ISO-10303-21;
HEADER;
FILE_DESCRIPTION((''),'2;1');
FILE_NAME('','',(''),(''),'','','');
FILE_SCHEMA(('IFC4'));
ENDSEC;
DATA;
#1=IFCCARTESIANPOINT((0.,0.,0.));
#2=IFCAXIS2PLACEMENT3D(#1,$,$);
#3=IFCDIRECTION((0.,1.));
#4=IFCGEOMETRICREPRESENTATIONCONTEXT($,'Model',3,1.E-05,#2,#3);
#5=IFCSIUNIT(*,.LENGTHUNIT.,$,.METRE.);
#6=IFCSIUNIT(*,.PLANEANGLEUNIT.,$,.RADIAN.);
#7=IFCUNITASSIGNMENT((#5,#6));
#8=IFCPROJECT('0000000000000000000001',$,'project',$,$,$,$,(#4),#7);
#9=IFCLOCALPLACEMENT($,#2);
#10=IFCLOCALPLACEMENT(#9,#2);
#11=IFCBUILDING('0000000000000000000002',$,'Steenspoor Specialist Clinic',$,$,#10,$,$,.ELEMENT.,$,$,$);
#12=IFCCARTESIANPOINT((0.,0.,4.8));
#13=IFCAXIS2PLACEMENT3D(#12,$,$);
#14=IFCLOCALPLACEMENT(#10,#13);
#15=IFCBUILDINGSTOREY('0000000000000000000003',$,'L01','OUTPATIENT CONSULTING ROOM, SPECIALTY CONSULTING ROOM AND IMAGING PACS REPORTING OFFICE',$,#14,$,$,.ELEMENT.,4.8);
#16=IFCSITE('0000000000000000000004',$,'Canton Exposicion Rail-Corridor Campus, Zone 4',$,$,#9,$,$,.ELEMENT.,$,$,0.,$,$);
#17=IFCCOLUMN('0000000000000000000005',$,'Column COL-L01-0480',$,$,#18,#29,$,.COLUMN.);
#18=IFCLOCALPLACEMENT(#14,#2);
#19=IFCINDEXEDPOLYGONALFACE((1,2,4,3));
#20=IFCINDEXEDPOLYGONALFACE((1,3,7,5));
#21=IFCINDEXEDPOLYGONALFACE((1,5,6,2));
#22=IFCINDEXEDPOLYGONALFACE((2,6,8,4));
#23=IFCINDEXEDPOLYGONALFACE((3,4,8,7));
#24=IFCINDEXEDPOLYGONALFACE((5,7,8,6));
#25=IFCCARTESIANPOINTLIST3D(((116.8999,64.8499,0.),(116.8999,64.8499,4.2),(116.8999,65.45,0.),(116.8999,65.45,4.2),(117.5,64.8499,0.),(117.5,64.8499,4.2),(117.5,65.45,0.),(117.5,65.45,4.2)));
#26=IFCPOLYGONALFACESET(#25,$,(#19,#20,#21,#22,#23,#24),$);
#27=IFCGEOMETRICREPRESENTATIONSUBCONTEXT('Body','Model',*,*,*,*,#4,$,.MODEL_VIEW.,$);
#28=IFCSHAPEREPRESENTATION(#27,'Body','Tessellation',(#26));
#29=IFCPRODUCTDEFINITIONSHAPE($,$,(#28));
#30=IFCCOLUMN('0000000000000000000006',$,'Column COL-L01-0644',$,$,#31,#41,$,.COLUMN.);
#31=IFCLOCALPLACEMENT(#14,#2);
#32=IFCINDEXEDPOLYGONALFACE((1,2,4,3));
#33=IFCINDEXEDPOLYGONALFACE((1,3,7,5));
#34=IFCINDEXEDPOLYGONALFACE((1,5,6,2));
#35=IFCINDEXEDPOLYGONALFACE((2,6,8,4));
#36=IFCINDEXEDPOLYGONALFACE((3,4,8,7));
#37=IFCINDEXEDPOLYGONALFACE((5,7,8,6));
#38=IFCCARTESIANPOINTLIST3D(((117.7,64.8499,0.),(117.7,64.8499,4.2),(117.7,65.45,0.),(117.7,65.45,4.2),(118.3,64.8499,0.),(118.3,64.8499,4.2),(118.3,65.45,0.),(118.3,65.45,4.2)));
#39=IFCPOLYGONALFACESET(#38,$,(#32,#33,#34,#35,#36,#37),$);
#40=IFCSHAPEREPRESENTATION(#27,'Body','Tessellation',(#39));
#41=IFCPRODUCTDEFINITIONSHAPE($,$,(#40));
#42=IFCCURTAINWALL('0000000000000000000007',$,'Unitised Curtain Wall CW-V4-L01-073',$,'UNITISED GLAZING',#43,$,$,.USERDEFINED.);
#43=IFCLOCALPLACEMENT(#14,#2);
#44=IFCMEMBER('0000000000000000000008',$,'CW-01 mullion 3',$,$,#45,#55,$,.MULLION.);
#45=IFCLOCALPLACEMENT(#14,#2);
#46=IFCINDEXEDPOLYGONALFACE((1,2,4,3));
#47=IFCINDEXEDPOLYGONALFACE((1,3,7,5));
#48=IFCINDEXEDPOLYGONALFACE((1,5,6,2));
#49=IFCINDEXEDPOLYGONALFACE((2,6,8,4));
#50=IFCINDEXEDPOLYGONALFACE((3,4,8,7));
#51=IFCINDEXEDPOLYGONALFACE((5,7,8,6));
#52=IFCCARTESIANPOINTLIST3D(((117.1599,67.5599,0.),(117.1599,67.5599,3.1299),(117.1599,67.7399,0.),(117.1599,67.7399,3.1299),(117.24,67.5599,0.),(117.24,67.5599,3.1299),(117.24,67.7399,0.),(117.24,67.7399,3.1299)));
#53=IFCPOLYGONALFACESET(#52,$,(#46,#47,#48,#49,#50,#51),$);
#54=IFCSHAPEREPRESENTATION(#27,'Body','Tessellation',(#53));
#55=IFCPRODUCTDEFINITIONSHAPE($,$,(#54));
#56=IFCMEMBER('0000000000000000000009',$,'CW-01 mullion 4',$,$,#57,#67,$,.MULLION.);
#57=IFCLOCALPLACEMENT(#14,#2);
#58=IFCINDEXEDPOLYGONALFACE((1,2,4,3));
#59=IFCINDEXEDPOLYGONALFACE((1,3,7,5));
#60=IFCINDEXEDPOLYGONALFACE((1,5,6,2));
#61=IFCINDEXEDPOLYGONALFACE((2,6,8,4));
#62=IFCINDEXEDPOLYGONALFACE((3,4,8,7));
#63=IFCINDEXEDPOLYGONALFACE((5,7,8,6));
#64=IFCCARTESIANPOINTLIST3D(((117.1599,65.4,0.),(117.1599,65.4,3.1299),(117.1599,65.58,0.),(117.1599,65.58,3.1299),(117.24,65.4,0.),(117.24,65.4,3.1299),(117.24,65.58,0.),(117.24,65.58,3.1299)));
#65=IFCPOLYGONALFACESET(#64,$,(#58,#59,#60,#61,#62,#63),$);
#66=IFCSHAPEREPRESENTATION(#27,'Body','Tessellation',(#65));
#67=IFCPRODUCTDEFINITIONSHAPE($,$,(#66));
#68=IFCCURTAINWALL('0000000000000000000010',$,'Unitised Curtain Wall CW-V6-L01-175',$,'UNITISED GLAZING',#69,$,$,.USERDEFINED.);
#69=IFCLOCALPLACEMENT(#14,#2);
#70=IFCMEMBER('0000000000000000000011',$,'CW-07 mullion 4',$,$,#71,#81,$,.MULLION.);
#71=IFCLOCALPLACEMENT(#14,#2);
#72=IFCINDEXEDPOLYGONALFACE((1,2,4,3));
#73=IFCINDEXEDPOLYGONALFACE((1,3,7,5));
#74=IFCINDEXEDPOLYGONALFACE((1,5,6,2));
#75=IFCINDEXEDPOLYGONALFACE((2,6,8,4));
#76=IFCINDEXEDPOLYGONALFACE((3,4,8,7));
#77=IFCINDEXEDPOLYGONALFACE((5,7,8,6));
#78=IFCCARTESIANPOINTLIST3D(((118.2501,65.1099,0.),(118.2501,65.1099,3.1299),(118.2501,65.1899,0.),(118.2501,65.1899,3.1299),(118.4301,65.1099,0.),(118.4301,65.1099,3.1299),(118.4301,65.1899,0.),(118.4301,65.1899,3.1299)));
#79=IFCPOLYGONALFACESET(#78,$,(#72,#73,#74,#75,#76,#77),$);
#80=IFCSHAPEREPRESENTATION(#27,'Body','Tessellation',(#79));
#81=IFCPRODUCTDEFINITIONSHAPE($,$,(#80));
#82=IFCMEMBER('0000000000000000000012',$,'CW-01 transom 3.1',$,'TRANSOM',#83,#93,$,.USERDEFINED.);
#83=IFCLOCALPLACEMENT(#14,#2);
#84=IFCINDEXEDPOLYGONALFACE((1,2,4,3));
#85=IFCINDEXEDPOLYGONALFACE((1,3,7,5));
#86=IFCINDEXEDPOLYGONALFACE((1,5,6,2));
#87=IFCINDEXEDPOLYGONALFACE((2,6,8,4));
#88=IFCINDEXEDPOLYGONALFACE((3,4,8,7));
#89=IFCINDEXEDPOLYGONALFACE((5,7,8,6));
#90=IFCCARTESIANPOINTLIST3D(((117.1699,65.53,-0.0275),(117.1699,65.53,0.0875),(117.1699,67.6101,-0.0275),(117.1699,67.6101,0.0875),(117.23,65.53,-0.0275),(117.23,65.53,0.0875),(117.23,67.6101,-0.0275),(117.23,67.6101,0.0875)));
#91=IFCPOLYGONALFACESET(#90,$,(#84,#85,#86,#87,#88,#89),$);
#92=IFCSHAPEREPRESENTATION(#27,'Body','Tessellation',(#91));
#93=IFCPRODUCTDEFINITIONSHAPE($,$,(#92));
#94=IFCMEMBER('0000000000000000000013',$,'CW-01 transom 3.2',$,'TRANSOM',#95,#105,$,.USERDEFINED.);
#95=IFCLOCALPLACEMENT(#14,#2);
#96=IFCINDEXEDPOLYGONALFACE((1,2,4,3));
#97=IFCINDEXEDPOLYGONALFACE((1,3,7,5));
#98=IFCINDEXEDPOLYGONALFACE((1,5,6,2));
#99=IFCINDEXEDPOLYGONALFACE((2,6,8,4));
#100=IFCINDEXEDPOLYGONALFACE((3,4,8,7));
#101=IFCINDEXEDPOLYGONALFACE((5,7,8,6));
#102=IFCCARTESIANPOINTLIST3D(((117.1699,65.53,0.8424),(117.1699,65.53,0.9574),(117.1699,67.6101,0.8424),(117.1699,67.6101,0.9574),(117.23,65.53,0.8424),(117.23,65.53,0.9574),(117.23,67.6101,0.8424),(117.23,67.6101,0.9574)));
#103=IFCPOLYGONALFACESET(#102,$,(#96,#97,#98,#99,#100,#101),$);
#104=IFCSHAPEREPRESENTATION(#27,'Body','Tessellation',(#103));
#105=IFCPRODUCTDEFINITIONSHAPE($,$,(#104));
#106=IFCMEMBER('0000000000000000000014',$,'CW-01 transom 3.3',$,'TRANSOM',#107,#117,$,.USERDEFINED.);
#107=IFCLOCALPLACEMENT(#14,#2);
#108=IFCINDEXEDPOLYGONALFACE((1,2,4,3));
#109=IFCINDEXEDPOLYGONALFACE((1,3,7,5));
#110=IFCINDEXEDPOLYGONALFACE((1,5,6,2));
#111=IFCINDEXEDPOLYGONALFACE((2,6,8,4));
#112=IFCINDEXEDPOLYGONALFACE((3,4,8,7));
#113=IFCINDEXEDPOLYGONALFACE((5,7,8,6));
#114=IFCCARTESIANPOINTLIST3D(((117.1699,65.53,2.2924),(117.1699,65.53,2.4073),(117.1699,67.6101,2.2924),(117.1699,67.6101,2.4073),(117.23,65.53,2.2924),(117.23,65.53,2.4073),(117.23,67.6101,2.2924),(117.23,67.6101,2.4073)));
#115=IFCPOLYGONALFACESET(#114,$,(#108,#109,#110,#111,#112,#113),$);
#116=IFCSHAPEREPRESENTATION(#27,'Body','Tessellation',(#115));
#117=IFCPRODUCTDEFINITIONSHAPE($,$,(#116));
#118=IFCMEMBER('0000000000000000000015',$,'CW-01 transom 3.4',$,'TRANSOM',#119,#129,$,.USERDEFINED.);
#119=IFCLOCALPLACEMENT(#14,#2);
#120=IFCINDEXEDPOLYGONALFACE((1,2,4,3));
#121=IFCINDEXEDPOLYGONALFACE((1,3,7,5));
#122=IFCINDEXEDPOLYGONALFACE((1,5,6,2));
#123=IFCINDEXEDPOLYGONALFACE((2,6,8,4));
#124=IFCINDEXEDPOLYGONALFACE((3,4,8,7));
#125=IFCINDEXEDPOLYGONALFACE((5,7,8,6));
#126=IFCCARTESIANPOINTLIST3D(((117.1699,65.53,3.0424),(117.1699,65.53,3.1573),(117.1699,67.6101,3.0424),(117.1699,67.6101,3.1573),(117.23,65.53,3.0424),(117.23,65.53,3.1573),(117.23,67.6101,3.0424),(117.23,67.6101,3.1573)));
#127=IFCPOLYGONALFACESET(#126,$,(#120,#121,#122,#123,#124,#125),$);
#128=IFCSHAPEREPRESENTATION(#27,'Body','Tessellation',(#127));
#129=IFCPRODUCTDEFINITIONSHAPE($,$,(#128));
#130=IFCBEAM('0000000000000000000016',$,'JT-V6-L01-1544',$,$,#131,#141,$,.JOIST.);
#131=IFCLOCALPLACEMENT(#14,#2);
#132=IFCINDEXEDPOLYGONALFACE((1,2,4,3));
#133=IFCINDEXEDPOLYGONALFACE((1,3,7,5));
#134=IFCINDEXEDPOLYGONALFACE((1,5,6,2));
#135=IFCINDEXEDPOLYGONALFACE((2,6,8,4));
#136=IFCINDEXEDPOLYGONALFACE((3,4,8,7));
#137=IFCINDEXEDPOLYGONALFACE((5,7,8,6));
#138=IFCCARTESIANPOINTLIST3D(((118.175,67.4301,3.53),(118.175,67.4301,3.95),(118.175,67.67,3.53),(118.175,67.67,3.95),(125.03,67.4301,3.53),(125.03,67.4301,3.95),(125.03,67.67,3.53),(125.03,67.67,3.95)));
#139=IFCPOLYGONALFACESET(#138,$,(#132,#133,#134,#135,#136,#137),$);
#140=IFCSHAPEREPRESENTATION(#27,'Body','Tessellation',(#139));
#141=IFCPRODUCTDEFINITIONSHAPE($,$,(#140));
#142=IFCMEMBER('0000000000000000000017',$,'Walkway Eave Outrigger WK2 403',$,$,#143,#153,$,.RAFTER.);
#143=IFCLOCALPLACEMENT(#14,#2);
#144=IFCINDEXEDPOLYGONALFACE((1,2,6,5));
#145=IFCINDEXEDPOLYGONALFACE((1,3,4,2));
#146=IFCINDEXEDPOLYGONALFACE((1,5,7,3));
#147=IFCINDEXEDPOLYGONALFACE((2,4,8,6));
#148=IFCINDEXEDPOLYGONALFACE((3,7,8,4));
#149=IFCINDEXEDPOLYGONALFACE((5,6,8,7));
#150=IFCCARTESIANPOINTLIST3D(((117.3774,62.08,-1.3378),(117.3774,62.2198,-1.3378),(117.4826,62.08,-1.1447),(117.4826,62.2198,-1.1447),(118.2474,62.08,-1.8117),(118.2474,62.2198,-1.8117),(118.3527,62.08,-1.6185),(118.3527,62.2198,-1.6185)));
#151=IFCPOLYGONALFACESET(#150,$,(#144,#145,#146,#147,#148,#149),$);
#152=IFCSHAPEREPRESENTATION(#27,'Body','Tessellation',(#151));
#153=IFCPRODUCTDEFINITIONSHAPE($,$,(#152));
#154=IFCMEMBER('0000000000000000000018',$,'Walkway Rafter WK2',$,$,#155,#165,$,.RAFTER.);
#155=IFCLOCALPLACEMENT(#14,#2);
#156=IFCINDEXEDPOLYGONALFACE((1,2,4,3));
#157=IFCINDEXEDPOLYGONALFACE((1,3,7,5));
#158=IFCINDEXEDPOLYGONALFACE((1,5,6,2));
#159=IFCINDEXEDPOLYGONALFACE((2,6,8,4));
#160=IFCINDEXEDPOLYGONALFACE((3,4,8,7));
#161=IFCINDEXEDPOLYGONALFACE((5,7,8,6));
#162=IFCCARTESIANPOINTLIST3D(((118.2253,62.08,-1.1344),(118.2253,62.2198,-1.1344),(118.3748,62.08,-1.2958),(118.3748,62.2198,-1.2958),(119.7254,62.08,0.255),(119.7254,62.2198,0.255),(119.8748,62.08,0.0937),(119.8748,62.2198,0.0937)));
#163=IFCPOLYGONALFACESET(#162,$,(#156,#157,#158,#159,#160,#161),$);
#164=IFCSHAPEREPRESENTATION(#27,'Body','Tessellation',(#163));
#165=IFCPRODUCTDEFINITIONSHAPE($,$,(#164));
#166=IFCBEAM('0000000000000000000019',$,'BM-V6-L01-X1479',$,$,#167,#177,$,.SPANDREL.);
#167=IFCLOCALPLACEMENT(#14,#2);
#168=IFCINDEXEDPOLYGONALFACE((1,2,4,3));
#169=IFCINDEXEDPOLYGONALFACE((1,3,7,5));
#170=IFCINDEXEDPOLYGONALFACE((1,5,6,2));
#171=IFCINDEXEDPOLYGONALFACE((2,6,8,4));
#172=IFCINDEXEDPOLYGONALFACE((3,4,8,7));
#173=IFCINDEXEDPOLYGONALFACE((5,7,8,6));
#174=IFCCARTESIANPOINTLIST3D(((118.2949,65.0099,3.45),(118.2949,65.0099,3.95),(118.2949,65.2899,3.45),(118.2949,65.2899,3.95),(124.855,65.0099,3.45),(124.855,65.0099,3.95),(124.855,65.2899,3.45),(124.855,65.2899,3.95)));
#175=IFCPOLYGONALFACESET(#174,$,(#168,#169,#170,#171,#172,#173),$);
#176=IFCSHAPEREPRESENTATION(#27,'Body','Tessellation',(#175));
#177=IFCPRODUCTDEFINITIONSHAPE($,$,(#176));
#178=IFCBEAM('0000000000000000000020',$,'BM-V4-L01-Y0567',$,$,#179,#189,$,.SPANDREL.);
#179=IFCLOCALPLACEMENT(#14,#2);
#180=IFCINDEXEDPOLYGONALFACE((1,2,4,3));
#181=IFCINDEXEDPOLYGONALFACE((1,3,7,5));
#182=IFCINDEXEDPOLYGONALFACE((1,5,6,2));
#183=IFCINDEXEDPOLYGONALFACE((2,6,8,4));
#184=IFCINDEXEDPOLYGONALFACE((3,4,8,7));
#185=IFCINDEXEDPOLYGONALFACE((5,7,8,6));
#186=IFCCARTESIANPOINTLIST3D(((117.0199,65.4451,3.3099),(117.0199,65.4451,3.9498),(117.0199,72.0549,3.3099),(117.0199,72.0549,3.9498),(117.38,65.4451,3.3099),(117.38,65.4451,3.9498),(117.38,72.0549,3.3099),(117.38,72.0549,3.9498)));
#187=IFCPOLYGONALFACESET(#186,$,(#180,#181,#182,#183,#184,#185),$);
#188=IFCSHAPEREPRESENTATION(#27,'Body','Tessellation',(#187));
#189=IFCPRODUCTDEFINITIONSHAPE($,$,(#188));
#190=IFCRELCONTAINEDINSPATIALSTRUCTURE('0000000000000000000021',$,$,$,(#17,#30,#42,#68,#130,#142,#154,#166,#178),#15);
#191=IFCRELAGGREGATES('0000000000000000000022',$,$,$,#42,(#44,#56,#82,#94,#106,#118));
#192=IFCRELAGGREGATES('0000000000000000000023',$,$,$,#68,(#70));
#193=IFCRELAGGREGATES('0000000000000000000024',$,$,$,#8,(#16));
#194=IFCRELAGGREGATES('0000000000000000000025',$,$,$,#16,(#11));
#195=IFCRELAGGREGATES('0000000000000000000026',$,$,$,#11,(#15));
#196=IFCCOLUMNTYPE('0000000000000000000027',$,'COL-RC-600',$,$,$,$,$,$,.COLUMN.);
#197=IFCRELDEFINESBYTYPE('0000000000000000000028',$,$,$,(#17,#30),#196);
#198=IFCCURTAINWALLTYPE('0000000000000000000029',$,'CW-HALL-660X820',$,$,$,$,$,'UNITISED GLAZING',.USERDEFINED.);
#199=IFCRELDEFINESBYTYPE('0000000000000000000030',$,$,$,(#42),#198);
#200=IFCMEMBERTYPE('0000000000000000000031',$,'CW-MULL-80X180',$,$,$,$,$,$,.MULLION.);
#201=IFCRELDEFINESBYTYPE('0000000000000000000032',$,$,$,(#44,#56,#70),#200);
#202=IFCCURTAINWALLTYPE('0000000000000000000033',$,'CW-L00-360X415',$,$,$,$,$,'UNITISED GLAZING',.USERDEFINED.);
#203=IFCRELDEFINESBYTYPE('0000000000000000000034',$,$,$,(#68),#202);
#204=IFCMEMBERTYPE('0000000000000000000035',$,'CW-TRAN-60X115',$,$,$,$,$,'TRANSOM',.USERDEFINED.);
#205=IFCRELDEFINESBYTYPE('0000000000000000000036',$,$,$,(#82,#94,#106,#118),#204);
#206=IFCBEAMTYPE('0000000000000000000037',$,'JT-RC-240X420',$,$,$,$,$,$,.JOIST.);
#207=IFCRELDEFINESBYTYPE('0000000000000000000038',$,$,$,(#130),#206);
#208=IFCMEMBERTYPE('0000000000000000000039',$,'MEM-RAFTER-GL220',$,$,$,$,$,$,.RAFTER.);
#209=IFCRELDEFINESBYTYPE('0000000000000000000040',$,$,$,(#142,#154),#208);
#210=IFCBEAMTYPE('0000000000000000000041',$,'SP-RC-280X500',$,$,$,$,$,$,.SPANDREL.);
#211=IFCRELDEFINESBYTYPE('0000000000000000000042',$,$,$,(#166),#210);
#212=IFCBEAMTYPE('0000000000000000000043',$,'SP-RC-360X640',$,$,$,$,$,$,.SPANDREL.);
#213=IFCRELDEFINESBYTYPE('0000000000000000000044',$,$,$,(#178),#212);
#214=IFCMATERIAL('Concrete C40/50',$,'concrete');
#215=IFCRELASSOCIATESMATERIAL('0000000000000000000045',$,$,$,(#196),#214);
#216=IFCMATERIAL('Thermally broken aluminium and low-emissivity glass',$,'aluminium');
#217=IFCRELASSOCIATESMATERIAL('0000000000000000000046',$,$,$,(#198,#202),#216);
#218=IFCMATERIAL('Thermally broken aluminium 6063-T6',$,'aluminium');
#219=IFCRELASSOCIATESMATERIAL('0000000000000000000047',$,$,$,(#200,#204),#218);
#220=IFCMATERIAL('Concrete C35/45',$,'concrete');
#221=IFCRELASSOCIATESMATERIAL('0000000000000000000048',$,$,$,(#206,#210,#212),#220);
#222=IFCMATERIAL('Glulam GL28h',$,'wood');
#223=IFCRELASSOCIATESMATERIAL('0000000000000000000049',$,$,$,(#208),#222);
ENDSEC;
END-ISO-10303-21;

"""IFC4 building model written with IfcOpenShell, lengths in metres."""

from ifc_helpers import new_model, si_unit, direction, frame, origin, origin_2d, place, context, subcontext, project, spatial, rectangle, extrude, material, material_profile, profile_set, type_object, element, aggregate, save


model = new_model("IFC4")

# Units and contexts
model_context = context("Model", 3, precision=1e-05, world=origin(), true_north=direction((0.0, 1.0)))
body_context = subcontext(model_context, "Body", "Model", "MODEL_VIEW")
ifc_project = project(units=[si_unit("LENGTHUNIT", "METRE"), si_unit("PLANEANGLEUNIT", "RADIAN")], contexts=[model_context])

# Site, building, storey
site_placement = place(None, origin())
site = spatial("IfcSite", under=ifc_project, at=site_placement, Name="Canton Exposicion Rail-Corridor Campus, Zone 4", CompositionType="ELEMENT", RefElevation=0.0)
building_placement = place(site_placement, origin())
building = spatial("IfcBuilding", under=site, at=building_placement, Name="Steenspoor Specialist Clinic", CompositionType="ELEMENT")
storey_placement = place(building_placement, frame((0.0, 0.0, 4.8)))
storey = spatial("IfcBuildingStorey", under=building, at=storey_placement, Name="L01", Description="OUTPATIENT CONSULTING ROOM, SPECIALTY CONSULTING ROOM AND IMAGING PACS REPORTING OFFICE", CompositionType="ELEMENT", Elevation=4.8)

# Columns
ifc_material_1 = material(Name="Concrete C40/50", Category="concrete")
ifc_material_profile_1 = material_profile(ifc_material_1, rectangle(XDim=0.6001, YDim=0.6001, at=origin_2d()), Name="RC-COL-600X600")
ifc_profile_set_1 = profile_set([ifc_material_profile_1], Name="Concrete C40/50")
column_type = type_object("IfcColumnType", Name="COL-RC-600", PredefinedType="COLUMN", material=ifc_profile_set_1)
for number, where, z_axis, x_axis, name in (
    (1, (117.2, 65.1499, 0.0), (0.0, 0.0, 1.0), (1.0, 0.0, 0.0), "Column COL-L01-0480"),
    (2, (118.0, 65.1499, 0.0), (0.0, 0.0, 1.0), (1.0, 0.0, 0.0), "Column COL-L01-0644"),
):
    element("IfcColumn", number, at=place(storey_placement, frame(where, z_axis=z_axis, x_axis=x_axis)), inside=storey, type_object=column_type, Name=name, PredefinedType="COLUMN", context=body_context, shape_type="SweptSolid", body=[
        extrude(rectangle(XDim=0.6001, YDim=0.6001, at=origin_2d()), origin(), (0.0, 0.0, 1.0), 4.2),
    ])

# Curtain wall, members
ifc_material_2 = material(Name="Thermally broken aluminium and low-emissivity glass", Category="aluminium")
curtain_wall_type_1 = type_object("IfcCurtainWallType", Name="CW-HALL-660X820", ElementType="UNITISED GLAZING", PredefinedType="USERDEFINED", material=ifc_material_2)
curtain_wall_1_placement = place(storey_placement, origin())
curtain_wall_1 = element("IfcCurtainWall", 3, at=curtain_wall_1_placement, inside=storey, type_object=curtain_wall_type_1, Name="Unitised Curtain Wall CW-V4-L01-073", ObjectType="UNITISED GLAZING", PredefinedType="USERDEFINED")
ifc_material_3 = material(Name="Thermally broken aluminium 6063-T6", Category="aluminium")
ifc_material_profile_2 = material_profile(ifc_material_3, rectangle(XDim=0.0801, YDim=0.1799, at=origin_2d()), Name="CWM-80X180")
ifc_profile_set_2 = profile_set([ifc_material_profile_2], Name="Thermally broken aluminium 6063-T6")
member_type_1 = type_object("IfcMemberType", Name="CW-MULL-80X180", PredefinedType="MULLION", material=ifc_profile_set_2)
member_1_placement = place(storey_placement, frame((117.2, 67.6499, 0.0), z_axis=(0.0, 0.0, 1.0), x_axis=(1.0, 0.0, 0.0)))
member_1 = element("IfcMember", 4, at=member_1_placement, type_object=member_type_1, Name="CW-01 mullion 3", PredefinedType="MULLION", context=body_context, shape_type="SweptSolid", body=[
    extrude(rectangle(XDim=0.0801, YDim=0.1799, at=origin_2d()), origin(), (0.0, 0.0, 1.0), 3.1299),
])
member_2_placement = place(storey_placement, frame((117.2, 65.49, 0.0), z_axis=(0.0, 0.0, 1.0), x_axis=(1.0, 0.0, 0.0)))
member_2 = element("IfcMember", 5, at=member_2_placement, type_object=member_type_1, Name="CW-01 mullion 4", PredefinedType="MULLION", context=body_context, shape_type="SweptSolid", body=[
    extrude(rectangle(XDim=0.0801, YDim=0.1799, at=origin_2d()), origin(), (0.0, 0.0, 1.0), 3.1299),
])

# Curtain wall, member
curtain_wall_type_2 = type_object("IfcCurtainWallType", Name="CW-L00-360X415", ElementType="UNITISED GLAZING", PredefinedType="USERDEFINED", material=ifc_material_2)
curtain_wall_2_placement = place(storey_placement, origin())
curtain_wall_2 = element("IfcCurtainWall", 6, at=curtain_wall_2_placement, inside=storey, type_object=curtain_wall_type_2, Name="Unitised Curtain Wall CW-V6-L01-175", ObjectType="UNITISED GLAZING", PredefinedType="USERDEFINED")
member_3_placement = place(storey_placement, frame((118.3401, 65.1499, 0.0), z_axis=(0.0, 0.0, 1.0), x_axis=(0.0, -1.0, 0.0)))
member_3 = element("IfcMember", 7, at=member_3_placement, type_object=member_type_1, Name="CW-07 mullion 4", PredefinedType="MULLION", context=body_context, shape_type="SweptSolid", body=[
    extrude(rectangle(XDim=0.0801, YDim=0.1799, at=origin_2d()), origin(), (0.0, 0.0, 1.0), 3.1299),
])

# Members
ifc_material_profile_3 = material_profile(ifc_material_3, rectangle(XDim=0.0601, YDim=0.115, at=origin_2d()), Name="CWT-60X115")
ifc_profile_set_3 = profile_set([ifc_material_profile_3], Name="Thermally broken aluminium 6063-T6")
member_type_2 = type_object("IfcMemberType", Name="CW-TRAN-60X115", ElementType="TRANSOM", PredefinedType="USERDEFINED", material=ifc_profile_set_3)
member_4_placement = place(storey_placement, frame((117.2, 67.6101, 0.03), z_axis=(0.0, -1.0, 0.0), x_axis=(1.0, 0.0, 0.0)))
member_4 = element("IfcMember", 8, at=member_4_placement, type_object=member_type_2, Name="CW-01 transom 3.1", ObjectType="TRANSOM", PredefinedType="USERDEFINED", context=body_context, shape_type="SweptSolid", body=[
    extrude(rectangle(XDim=0.0601, YDim=0.115, at=origin_2d()), origin(), (0.0, 0.0, 1.0), 2.0801),
])
member_5_placement = place(storey_placement, frame((117.2, 67.6101, 0.8999), z_axis=(0.0, -1.0, 0.0), x_axis=(1.0, 0.0, 0.0)))
member_5 = element("IfcMember", 9, at=member_5_placement, type_object=member_type_2, Name="CW-01 transom 3.2", ObjectType="TRANSOM", PredefinedType="USERDEFINED", context=body_context, shape_type="SweptSolid", body=[
    extrude(rectangle(XDim=0.0601, YDim=0.115, at=origin_2d()), origin(), (0.0, 0.0, 1.0), 2.0801),
])
member_6_placement = place(storey_placement, frame((117.2, 67.6101, 2.3499), z_axis=(0.0, -1.0, 0.0), x_axis=(1.0, 0.0, 0.0)))
member_6 = element("IfcMember", 10, at=member_6_placement, type_object=member_type_2, Name="CW-01 transom 3.3", ObjectType="TRANSOM", PredefinedType="USERDEFINED", context=body_context, shape_type="SweptSolid", body=[
    extrude(rectangle(XDim=0.0601, YDim=0.115, at=origin_2d()), origin(), (0.0, 0.0, 1.0), 2.0801),
])
member_7_placement = place(storey_placement, frame((117.2, 67.6101, 3.0999), z_axis=(0.0, -1.0, 0.0), x_axis=(1.0, 0.0, 0.0)))
member_7 = element("IfcMember", 11, at=member_7_placement, type_object=member_type_2, Name="CW-01 transom 3.4", ObjectType="TRANSOM", PredefinedType="USERDEFINED", context=body_context, shape_type="SweptSolid", body=[
    extrude(rectangle(XDim=0.0601, YDim=0.115, at=origin_2d()), origin(), (0.0, 0.0, 1.0), 2.0801),
])

# Beam
ifc_material_4 = material(Name="Concrete C35/45", Category="concrete")
ifc_material_profile_4 = material_profile(ifc_material_4, rectangle(XDim=0.24, YDim=0.4199, at=origin_2d()), Name="RC-JT-240X420")
ifc_profile_set_4 = profile_set([ifc_material_profile_4], Name="Concrete C35/45")
beam_type_1 = type_object("IfcBeamType", Name="JT-RC-240X420", PredefinedType="JOIST", material=ifc_profile_set_4)
beam_1_placement = place(storey_placement, frame((118.175, 67.55, 3.74), z_axis=(1.0, 0.0, 0.0), x_axis=(0.0, 1.0, 0.0)))
element("IfcBeam", 12, at=beam_1_placement, inside=storey, type_object=beam_type_1, Name="JT-V6-L01-1544", PredefinedType="JOIST", context=body_context, shape_type="SweptSolid", body=[
    extrude(rectangle(XDim=0.24, YDim=0.4199, at=origin_2d()), origin(), (0.0, 0.0, 1.0), 6.855),
])

# Members
ifc_material_5 = material(Name="Glulam GL28h", Category="wood")
ifc_material_profile_5 = material_profile(ifc_material_5, rectangle(XDim=0.1399, YDim=0.22, at=origin_2d()), Name="GL28H-140X220")
ifc_profile_set_5 = profile_set([ifc_material_profile_5], Name="Glulam GL28h")
member_type_3 = type_object("IfcMemberType", Name="MEM-RAFTER-GL220", PredefinedType="RAFTER", material=ifc_profile_set_5)
member_8_placement = place(storey_placement, frame((118.3, 62.1499, -1.7151), z_axis=(-0.878206, 0.0, 0.478282), x_axis=(0.0, -1.0, 0.0)))
element("IfcMember", 13, at=member_8_placement, inside=storey, type_object=member_type_3, Name="Walkway Eave Outrigger WK2 403", PredefinedType="RAFTER", context=body_context, shape_type="SweptSolid", body=[
    extrude(rectangle(XDim=0.1399, YDim=0.22, at=origin_2d()), origin(), (0.0, 0.0, 1.0), 0.9907),
])
member_9_placement = place(storey_placement, frame((118.3, 62.1499, -1.2151), z_axis=(0.733635, 0.0, 0.679544), x_axis=(0.0, 1.0, 0.0)))
element("IfcMember", 14, at=member_9_placement, inside=storey, type_object=member_type_3, Name="Walkway Rafter WK2", PredefinedType="RAFTER", context=body_context, shape_type="SweptSolid", body=[
    extrude(rectangle(XDim=0.1399, YDim=0.22, at=origin_2d()), origin(), (0.0, 0.0, 1.0), 2.0447),
])

# Beams
ifc_material_profile_6 = material_profile(ifc_material_4, rectangle(XDim=0.28, YDim=0.5, at=origin_2d()), Name="RC-SP-280X500")
ifc_profile_set_6 = profile_set([ifc_material_profile_6], Name="Concrete C35/45")
beam_type_2 = type_object("IfcBeamType", Name="SP-RC-280X500", PredefinedType="SPANDREL", material=ifc_profile_set_6)
beam_2_placement = place(storey_placement, frame((118.2949, 65.1499, 3.7), z_axis=(1.0, 0.0, 0.0), x_axis=(0.0, 1.0, 0.0)))
element("IfcBeam", 15, at=beam_2_placement, inside=storey, type_object=beam_type_2, Name="BM-V6-L01-X1479", PredefinedType="SPANDREL", context=body_context, shape_type="SweptSolid", body=[
    extrude(rectangle(XDim=0.28, YDim=0.5, at=origin_2d()), origin(), (0.0, 0.0, 1.0), 6.5601),
])
ifc_material_profile_7 = material_profile(ifc_material_4, rectangle(XDim=0.3601, YDim=0.6399, at=origin_2d()), Name="RC-SP-360X640")
ifc_profile_set_7 = profile_set([ifc_material_profile_7], Name="Concrete C35/45")
beam_type_3 = type_object("IfcBeamType", Name="SP-RC-360X640", PredefinedType="SPANDREL", material=ifc_profile_set_7)
beam_3_placement = place(storey_placement, frame((117.2, 65.4451, 3.6299), z_axis=(0.0, 1.0, 0.0), x_axis=(-1.0, 0.0, 0.0)))
element("IfcBeam", 16, at=beam_3_placement, inside=storey, type_object=beam_type_3, Name="BM-V4-L01-Y0567", PredefinedType="SPANDREL", context=body_context, shape_type="SweptSolid", body=[
    extrude(rectangle(XDim=0.3601, YDim=0.6399, at=origin_2d()), origin(), (0.0, 0.0, 1.0), 6.6099),
])

aggregate(curtain_wall_1, [member_1, member_2, member_4, member_5, member_6, member_7])
aggregate(curtain_wall_2, [member_3])

save(model, "model.ifc")
